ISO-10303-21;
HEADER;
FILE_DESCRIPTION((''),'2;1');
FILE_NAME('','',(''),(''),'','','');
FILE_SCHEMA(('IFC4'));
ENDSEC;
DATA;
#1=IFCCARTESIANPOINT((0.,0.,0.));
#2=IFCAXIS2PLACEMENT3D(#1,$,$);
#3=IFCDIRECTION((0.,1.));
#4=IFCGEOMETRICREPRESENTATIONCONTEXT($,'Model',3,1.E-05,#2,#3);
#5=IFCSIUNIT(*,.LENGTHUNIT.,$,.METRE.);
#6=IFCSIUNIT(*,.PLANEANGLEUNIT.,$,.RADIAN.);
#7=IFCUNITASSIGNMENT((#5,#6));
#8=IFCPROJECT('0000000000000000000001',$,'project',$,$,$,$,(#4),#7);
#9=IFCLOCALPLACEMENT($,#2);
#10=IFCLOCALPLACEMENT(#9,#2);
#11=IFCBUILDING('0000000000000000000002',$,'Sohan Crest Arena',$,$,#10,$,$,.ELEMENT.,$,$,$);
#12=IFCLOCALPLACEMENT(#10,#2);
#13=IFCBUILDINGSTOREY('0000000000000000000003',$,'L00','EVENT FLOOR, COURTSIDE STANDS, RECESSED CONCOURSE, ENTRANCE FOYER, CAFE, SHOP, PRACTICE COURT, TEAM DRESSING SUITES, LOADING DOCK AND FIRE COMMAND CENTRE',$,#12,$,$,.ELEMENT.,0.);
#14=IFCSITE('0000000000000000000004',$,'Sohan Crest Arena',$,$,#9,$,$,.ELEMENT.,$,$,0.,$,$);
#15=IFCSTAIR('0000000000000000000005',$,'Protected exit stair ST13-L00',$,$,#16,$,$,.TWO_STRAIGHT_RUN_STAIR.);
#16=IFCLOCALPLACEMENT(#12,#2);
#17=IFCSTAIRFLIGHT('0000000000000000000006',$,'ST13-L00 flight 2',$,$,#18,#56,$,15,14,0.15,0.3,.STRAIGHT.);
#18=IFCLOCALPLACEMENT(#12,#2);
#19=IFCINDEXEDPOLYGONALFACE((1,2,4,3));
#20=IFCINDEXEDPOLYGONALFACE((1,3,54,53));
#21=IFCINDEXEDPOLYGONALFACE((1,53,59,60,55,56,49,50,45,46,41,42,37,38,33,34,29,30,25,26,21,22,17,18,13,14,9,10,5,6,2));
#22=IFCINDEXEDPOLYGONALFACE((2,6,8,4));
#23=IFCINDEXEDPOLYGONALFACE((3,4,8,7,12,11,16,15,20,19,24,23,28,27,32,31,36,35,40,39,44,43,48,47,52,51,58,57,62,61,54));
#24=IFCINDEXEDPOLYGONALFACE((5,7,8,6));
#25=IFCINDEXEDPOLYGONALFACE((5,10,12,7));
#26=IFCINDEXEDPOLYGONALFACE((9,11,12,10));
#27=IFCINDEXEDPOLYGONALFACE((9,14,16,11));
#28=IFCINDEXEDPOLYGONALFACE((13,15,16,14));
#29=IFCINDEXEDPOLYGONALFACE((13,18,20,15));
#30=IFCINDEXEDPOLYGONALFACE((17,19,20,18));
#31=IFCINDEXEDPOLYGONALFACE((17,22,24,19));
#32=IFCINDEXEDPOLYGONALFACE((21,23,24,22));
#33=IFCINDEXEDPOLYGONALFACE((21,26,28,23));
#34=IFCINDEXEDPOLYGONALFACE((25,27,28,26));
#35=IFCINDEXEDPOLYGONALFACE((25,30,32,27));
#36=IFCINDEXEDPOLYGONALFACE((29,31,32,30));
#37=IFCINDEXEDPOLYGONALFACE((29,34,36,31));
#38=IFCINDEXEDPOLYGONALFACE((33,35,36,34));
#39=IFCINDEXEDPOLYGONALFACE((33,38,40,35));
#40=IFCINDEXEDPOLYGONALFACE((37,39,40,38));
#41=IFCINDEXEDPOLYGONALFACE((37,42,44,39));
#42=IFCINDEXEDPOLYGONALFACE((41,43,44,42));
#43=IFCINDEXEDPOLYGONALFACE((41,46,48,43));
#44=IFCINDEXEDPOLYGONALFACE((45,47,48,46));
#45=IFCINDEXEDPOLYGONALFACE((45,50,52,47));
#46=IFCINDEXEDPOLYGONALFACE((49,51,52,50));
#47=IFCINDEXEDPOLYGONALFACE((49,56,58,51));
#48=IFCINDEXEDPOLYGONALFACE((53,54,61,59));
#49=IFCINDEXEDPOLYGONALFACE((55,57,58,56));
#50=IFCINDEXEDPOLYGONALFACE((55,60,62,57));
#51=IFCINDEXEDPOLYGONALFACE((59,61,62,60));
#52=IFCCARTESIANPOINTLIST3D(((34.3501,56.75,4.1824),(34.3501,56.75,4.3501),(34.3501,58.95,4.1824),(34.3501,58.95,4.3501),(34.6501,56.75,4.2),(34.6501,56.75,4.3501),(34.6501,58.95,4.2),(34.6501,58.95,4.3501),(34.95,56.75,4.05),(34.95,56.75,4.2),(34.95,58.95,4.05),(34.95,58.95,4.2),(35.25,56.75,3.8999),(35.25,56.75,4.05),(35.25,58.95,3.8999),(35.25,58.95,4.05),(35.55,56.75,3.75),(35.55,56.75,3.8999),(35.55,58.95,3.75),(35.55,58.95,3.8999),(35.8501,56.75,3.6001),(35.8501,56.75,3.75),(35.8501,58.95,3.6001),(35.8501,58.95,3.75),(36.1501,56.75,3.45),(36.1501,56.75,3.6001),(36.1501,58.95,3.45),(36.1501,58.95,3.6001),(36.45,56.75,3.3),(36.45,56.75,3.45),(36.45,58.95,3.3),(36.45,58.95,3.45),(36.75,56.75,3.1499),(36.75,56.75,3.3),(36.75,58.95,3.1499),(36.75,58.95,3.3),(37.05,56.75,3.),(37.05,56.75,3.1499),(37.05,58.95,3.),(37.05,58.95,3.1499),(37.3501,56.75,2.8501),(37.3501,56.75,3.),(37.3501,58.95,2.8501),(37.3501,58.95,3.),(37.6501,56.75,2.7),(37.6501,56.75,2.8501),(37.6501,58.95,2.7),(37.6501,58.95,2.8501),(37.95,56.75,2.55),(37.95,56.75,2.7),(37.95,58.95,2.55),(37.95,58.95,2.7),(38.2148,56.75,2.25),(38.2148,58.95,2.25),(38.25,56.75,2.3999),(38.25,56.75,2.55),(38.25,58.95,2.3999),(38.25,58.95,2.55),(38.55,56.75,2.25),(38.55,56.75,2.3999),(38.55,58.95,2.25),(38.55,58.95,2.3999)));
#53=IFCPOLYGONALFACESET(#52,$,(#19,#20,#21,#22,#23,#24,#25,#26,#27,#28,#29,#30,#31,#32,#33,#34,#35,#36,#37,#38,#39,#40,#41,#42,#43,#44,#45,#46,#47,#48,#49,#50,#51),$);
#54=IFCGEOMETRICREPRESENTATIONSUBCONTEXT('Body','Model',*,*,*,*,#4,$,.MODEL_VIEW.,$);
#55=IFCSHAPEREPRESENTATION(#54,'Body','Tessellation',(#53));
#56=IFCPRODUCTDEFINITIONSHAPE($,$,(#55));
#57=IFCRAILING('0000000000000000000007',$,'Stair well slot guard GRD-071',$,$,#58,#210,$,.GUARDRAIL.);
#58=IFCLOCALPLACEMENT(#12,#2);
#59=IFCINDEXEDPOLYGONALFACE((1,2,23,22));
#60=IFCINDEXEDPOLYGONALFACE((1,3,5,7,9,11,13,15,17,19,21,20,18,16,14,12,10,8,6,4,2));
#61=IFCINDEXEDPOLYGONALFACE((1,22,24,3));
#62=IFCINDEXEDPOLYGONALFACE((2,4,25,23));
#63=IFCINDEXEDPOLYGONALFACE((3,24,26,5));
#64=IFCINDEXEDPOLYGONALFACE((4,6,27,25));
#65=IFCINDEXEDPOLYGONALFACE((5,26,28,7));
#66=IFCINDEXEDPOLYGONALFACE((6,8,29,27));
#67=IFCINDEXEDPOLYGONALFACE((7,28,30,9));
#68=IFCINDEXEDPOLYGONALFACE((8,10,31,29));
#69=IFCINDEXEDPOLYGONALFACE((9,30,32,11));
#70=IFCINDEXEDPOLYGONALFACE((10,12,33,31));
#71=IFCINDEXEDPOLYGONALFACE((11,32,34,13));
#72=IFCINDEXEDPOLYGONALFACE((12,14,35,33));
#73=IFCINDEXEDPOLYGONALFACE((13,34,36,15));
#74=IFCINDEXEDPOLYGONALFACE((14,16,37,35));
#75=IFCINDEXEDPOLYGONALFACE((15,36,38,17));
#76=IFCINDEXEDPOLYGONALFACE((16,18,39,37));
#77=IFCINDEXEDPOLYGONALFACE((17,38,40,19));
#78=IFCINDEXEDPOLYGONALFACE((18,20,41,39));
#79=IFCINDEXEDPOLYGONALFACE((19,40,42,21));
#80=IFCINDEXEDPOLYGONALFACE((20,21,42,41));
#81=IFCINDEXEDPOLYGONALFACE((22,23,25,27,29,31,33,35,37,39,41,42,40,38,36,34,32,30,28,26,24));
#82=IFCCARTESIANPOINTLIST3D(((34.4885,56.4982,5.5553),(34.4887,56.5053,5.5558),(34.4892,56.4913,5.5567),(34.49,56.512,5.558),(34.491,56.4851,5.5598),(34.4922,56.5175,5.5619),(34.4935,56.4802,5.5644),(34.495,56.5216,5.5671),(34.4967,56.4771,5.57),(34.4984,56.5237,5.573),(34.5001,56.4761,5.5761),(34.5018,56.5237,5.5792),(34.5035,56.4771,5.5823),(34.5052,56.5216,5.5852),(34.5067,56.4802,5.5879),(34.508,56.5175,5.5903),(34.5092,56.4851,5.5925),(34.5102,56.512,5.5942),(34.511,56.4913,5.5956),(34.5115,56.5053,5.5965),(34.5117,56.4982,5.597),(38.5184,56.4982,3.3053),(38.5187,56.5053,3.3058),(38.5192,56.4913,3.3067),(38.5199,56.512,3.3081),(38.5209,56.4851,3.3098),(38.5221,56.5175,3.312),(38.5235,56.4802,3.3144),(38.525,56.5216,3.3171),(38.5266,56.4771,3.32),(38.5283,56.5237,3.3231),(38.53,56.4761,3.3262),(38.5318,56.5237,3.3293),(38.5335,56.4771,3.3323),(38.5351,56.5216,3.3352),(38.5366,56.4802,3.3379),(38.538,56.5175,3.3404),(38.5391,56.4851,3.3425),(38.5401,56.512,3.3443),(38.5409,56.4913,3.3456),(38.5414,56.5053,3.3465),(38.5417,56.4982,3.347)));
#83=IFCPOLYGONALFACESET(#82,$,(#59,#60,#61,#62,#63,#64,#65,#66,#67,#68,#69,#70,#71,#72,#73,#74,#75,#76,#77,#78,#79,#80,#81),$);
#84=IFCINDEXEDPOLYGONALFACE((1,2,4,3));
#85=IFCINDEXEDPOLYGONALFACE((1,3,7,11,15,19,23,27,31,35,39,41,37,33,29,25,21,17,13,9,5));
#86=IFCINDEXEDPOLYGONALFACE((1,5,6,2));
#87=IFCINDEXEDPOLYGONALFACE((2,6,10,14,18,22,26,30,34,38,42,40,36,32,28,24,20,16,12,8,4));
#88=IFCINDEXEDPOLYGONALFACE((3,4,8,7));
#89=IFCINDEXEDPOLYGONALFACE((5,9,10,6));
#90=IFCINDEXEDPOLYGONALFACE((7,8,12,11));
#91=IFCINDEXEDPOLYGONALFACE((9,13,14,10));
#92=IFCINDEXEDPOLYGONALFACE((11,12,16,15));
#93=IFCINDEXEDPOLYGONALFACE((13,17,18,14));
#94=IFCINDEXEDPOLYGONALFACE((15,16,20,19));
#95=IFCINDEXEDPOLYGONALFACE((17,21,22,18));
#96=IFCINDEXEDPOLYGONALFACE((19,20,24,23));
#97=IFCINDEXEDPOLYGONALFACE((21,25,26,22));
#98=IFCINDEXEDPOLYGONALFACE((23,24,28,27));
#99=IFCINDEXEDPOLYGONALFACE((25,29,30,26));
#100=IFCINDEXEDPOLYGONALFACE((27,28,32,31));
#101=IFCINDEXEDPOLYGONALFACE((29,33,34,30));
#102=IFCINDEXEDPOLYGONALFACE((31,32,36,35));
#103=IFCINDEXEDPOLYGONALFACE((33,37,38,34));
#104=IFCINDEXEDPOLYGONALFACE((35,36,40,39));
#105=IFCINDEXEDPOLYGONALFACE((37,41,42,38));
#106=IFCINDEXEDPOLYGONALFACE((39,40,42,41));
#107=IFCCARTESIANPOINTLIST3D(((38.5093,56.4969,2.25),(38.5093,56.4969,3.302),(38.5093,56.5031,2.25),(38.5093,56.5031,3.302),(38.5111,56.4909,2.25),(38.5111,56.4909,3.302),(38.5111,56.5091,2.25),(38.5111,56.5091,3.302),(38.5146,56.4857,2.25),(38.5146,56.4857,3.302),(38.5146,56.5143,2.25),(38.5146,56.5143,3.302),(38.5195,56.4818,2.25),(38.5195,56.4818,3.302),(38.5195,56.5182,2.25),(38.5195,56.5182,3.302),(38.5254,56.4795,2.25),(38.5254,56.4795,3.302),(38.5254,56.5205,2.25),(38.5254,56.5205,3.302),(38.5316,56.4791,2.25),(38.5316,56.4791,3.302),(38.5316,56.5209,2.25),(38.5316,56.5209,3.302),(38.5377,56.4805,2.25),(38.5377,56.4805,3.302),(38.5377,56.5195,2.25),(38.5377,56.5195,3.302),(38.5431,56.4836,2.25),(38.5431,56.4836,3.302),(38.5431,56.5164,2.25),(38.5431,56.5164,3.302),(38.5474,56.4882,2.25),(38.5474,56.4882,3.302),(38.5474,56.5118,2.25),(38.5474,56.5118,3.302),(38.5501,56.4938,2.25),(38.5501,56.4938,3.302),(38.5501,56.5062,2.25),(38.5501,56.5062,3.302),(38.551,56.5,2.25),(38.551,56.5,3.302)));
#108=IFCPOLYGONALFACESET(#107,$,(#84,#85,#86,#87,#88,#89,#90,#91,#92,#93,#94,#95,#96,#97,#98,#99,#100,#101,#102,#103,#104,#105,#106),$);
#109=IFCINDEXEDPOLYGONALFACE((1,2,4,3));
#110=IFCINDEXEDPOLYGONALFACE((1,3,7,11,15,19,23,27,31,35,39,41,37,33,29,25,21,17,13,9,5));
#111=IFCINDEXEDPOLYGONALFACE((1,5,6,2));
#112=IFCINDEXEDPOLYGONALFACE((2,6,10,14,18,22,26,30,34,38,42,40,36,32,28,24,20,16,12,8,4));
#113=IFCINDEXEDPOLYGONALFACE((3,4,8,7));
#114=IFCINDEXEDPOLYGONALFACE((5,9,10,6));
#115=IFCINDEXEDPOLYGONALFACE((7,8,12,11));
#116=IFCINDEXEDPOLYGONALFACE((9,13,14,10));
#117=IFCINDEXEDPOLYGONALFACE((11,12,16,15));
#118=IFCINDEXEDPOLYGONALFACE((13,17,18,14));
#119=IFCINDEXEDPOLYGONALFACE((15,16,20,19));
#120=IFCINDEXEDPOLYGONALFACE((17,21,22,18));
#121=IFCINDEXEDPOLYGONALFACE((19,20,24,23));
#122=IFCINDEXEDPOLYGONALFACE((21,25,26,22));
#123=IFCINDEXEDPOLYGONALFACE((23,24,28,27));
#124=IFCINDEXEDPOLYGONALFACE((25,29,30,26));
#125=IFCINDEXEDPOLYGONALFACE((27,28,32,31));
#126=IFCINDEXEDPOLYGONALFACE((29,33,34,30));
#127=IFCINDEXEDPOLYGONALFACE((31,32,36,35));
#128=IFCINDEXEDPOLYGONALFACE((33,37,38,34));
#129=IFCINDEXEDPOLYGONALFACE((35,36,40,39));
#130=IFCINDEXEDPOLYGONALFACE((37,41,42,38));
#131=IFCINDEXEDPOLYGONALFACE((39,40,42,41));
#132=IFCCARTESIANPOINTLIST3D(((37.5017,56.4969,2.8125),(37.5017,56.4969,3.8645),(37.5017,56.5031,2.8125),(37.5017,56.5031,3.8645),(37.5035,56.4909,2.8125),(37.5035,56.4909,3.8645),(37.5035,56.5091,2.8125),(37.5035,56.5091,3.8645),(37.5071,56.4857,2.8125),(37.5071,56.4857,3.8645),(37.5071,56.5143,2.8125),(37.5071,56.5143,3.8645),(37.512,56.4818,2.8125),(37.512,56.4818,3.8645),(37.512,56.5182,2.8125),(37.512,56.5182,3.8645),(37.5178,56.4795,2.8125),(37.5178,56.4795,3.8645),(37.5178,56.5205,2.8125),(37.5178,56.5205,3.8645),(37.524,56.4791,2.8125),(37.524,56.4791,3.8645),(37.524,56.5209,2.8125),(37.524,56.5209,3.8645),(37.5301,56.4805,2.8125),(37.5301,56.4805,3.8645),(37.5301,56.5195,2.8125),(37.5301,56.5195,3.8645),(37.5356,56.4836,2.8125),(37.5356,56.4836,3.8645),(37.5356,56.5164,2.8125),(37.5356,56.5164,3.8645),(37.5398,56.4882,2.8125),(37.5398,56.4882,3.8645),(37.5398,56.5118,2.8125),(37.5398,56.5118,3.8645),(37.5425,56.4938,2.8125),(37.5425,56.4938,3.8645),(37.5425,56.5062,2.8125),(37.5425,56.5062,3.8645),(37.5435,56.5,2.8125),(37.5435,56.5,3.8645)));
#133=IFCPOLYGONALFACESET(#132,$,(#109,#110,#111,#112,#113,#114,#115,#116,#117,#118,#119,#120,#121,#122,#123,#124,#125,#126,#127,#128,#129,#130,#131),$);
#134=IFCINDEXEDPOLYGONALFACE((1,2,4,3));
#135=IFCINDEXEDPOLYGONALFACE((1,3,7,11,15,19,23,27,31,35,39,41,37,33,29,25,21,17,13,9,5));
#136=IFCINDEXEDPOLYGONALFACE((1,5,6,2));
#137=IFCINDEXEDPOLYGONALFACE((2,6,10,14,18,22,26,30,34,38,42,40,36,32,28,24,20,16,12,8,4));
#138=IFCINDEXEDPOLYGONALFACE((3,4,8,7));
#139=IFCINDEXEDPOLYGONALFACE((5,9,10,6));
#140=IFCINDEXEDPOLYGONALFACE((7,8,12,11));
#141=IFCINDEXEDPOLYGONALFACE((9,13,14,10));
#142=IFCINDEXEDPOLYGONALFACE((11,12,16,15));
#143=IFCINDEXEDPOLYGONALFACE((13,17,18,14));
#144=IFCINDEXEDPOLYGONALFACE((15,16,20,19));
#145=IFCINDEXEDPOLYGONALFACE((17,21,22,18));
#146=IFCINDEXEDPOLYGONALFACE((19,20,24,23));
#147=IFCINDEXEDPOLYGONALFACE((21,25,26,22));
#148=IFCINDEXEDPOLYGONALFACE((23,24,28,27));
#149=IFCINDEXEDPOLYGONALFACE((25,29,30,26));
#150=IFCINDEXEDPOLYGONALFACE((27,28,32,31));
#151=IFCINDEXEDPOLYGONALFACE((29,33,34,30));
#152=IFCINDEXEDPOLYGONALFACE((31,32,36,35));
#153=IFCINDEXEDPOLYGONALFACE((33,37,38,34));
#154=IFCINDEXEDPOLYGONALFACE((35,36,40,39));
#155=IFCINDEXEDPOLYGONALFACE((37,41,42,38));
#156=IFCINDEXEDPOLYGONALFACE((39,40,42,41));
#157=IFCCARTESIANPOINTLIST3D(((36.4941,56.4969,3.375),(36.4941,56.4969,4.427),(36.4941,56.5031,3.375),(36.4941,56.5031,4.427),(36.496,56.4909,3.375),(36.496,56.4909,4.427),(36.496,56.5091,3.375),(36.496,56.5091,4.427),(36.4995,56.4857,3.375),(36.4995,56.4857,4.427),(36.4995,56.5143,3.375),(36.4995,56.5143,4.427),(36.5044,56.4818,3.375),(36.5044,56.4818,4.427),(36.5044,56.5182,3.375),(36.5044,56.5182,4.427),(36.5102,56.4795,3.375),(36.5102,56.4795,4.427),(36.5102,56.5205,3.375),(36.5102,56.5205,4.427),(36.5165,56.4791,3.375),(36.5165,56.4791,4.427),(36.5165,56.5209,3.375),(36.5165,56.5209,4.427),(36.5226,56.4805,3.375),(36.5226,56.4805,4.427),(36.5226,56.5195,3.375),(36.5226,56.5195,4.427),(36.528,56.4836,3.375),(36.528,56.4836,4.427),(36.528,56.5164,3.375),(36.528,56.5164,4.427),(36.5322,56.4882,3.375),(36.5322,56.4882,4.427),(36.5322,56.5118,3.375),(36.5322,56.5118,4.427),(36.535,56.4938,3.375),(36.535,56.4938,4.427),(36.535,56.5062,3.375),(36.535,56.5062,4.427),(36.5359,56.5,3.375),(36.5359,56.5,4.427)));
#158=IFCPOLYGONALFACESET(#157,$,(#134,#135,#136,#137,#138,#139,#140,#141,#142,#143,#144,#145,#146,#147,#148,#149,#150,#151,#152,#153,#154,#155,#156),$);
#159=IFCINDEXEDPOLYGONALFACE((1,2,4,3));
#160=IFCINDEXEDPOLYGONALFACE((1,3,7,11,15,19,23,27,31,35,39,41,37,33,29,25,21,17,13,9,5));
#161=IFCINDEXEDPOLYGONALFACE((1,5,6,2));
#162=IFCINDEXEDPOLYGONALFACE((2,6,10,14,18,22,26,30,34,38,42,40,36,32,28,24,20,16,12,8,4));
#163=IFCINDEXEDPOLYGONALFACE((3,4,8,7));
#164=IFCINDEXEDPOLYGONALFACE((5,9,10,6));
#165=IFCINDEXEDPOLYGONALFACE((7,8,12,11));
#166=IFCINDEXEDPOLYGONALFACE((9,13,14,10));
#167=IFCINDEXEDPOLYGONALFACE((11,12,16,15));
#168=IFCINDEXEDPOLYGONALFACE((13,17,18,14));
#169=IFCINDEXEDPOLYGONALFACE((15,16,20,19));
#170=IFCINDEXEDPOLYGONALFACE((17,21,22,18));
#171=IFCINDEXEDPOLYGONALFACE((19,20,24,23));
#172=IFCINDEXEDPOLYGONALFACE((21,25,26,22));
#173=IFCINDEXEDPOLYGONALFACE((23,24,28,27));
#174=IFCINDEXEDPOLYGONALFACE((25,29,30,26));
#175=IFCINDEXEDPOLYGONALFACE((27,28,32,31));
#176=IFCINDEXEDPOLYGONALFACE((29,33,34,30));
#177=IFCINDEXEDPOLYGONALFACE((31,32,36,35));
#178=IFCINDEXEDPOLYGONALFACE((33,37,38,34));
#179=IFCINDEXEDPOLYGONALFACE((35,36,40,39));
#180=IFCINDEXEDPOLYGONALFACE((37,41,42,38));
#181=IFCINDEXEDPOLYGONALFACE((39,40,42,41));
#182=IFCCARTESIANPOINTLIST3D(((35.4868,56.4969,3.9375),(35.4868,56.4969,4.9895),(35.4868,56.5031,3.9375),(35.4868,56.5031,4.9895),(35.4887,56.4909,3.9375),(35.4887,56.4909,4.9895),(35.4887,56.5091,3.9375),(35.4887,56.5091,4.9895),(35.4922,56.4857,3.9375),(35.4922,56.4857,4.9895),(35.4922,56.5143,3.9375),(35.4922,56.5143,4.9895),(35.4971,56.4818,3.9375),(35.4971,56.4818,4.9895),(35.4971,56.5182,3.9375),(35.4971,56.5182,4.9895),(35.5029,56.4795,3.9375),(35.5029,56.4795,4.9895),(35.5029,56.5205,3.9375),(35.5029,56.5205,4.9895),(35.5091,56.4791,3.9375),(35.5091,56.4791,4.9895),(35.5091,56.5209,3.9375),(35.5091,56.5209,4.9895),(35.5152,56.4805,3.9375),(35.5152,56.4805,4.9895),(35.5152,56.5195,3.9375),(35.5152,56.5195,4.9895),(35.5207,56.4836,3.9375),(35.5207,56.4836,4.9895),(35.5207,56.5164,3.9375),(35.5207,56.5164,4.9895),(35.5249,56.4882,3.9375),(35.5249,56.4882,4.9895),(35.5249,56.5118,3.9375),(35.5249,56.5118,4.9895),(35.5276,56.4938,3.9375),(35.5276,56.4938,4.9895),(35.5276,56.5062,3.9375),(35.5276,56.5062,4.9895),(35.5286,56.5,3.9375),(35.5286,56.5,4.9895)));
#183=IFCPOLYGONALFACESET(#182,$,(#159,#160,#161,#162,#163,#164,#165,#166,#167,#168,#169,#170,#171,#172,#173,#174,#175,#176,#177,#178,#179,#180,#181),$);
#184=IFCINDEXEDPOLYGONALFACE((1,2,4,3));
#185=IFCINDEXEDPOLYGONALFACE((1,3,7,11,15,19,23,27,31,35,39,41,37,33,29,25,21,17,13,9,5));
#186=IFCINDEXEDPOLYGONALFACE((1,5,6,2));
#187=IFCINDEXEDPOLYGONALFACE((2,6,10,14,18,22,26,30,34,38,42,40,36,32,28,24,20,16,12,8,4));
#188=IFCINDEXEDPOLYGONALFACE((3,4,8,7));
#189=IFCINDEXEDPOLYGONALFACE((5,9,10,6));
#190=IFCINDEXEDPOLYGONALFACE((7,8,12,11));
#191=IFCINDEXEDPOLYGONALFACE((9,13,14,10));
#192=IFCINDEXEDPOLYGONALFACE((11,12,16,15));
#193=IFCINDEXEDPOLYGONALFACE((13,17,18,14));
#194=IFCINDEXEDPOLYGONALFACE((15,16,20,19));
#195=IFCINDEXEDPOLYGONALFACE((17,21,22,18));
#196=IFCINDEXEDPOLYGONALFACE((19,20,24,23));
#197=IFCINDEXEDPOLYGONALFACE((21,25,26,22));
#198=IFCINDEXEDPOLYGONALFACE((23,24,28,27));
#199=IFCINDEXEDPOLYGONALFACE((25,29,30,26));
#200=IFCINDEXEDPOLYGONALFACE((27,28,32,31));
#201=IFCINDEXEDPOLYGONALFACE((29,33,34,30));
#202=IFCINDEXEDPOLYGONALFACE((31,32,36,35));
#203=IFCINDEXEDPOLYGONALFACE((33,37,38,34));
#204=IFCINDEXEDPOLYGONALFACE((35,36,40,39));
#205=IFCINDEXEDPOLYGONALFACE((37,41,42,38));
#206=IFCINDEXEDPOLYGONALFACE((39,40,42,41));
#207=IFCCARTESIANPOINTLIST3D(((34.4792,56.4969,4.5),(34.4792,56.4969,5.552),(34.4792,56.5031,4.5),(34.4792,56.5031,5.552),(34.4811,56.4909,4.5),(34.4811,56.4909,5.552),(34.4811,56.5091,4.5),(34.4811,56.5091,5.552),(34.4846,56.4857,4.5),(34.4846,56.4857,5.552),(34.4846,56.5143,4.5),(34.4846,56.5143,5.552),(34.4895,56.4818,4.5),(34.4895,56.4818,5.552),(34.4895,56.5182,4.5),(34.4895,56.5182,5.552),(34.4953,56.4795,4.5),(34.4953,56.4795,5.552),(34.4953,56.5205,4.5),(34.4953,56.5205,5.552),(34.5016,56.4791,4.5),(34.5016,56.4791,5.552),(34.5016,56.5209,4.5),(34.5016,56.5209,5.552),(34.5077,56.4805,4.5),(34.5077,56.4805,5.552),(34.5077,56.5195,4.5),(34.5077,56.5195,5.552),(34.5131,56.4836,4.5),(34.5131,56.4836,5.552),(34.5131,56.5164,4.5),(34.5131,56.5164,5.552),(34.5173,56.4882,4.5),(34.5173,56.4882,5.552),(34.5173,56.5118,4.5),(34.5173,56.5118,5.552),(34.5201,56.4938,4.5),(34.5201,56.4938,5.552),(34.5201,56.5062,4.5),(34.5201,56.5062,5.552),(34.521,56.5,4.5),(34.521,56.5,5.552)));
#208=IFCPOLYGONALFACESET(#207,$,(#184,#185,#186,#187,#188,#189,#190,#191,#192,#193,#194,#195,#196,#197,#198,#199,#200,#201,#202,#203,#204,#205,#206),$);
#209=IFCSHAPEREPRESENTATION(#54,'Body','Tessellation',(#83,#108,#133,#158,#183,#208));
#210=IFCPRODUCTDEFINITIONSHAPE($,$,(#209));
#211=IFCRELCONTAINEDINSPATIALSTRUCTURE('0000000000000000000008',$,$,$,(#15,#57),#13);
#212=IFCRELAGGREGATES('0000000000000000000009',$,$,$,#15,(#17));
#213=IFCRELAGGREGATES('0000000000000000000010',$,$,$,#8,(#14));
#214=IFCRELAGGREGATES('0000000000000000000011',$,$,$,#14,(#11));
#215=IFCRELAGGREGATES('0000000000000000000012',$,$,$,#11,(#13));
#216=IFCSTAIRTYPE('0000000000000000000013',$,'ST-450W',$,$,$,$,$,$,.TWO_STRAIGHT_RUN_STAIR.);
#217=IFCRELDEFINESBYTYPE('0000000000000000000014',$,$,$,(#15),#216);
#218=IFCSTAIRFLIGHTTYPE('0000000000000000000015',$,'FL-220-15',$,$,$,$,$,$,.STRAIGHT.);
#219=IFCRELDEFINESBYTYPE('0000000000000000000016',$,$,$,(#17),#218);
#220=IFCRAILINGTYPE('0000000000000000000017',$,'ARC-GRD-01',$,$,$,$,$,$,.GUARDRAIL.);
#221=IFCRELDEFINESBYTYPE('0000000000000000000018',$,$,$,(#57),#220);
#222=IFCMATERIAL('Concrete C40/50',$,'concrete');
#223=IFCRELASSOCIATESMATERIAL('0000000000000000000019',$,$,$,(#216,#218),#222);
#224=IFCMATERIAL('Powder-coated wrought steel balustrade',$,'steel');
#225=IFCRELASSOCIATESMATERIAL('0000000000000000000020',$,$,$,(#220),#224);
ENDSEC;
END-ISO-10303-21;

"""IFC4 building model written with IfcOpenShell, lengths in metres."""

from ifc_helpers import new_model, si_unit, direction, frame, origin, origin_2d, place, context, subcontext, project, spatial, polyline, circle, outline, extrude, material, type_object, element, aggregate, save


model = new_model("IFC4")

# Units and contexts
model_context = context("Model", 3, precision=1e-05, world=origin(), true_north=direction((0.0, 1.0)))
body_context = subcontext(model_context, "Body", "Model", "MODEL_VIEW")
ifc_project = project(units=[si_unit("LENGTHUNIT", "METRE"), si_unit("PLANEANGLEUNIT", "RADIAN")], contexts=[model_context])

# Site, building, storey
site_placement = place(None, origin())
site = spatial("IfcSite", under=ifc_project, at=site_placement, Name="Sohan Crest Arena", CompositionType="ELEMENT", RefElevation=0.0)
building_placement = place(site_placement, origin())
building = spatial("IfcBuilding", under=site, at=building_placement, Name="Sohan Crest Arena", CompositionType="ELEMENT")
storey_placement = place(building_placement, origin())
storey = spatial("IfcBuildingStorey", under=building, at=storey_placement, Name="L00", Description="EVENT FLOOR, COURTSIDE STANDS, RECESSED CONCOURSE, ENTRANCE FOYER, CAFE, SHOP, PRACTICE COURT, TEAM DRESSING SUITES, LOADING DOCK AND FIRE COMMAND CENTRE", CompositionType="ELEMENT", Elevation=0.0)

# Stair, stair flight
ifc_material_1 = material(Name="Concrete C40/50", Category="concrete")
stair_type = type_object("IfcStairType", Name="ST-450W", PredefinedType="TWO_STRAIGHT_RUN_STAIR", material=ifc_material_1)
stair_placement = place(storey_placement, origin())
stair = element("IfcStair", 1, at=stair_placement, inside=storey, type_object=stair_type, Name="Protected exit stair ST13-L00", PredefinedType="TWO_STRAIGHT_RUN_STAIR")
stair_flight_type = type_object("IfcStairFlightType", Name="FL-220-15", PredefinedType="STRAIGHT", material=ifc_material_1)
stair_flight_placement = place(storey_placement, frame((38.55, 57.8501, 2.25), z_axis=(0.0, 0.0, 1.0), x_axis=(-1.0, 0.0, 0.0)))
stair_flight = element("IfcStairFlight", 2, at=stair_flight_placement, type_object=stair_flight_type, Name="ST13-L00 flight 2", NumberOfRisers=15, NumberOfTreads=14, PredefinedType="STRAIGHT", RiserHeight=0.15, TreadLength=0.3, context=body_context, shape_type="SweptSolid", body=[
    extrude(outline(polyline([(0.0, 0.0), (0.0, 0.1499), (0.3, 0.1499), (0.3, 0.3), (0.6001, 0.3), (0.6001, 0.45), (0.8999, 0.45), (0.8999, 0.6001), (1.2, 0.6001), (1.2, 0.75), (1.5, 0.75), (1.5, 0.8999), (1.8, 0.8999), (1.8, 1.05), (2.1001, 1.05), (2.1001, 1.2), (2.3999, 1.2), (2.3999, 1.3501), (2.7, 1.3501), (2.7, 1.5), (3.0, 1.5), (3.0, 1.6499), (3.3, 1.6499), (3.3, 1.8), (3.6001, 1.8), (3.6001, 1.95), (3.8999, 1.95), (3.8999, 2.1001), (4.2, 2.1001), (4.2, 2.25), (4.2, 1.9324), (0.3352, 0.0), (0.0, 0.0)])), frame((0.0, 1.1001, 0.0), z_axis=(0.0, -1.0, 0.0), x_axis=(1.0, 0.0, 0.0)), (0.0, 0.0, 1.0), 2.2),
])
aggregate(stair, [stair_flight])

# Railing
ifc_material_2 = material(Name="Powder-coated wrought steel balustrade", Category="steel")
railing_type_1 = type_object("IfcRailingType", Name="ARC-GRD-01", PredefinedType="GUARDRAIL", material=ifc_material_2)
railing_1_placement = place(storey_placement, frame((38.53, 56.5, 2.25)))
element("IfcRailing", 3, at=railing_1_placement, inside=storey, type_object=railing_type_1, Name="Stair well slot guard GRD-071", PredefinedType="GUARDRAIL", context=body_context, shape_type="SweptSolid", body=[
    extrude(circle(Radius=0.0239, at=origin_2d()), frame((0.0, 0.0, 1.0762), z_axis=(-0.873135, 0.0, 0.487479), x_axis=(0.0, -1.0, 0.0)), (0.0, 0.0, 1.0), 4.6155),
    extrude(circle(Radius=0.021, at=origin_2d()), origin(), (0.0, 0.0, 1.0), 1.052),
    extrude(circle(Radius=0.021, at=origin_2d()), frame((-1.0076, 0.0, 0.5625)), (0.0, 0.0, 1.0), 1.052),
    extrude(circle(Radius=0.021, at=origin_2d()), frame((-2.0151, 0.0, 1.125)), (0.0, 0.0, 1.0), 1.052),
    extrude(circle(Radius=0.021, at=origin_2d()), frame((-3.0225, 0.0, 1.6875)), (0.0, 0.0, 1.0), 1.052),
    extrude(circle(Radius=0.021, at=origin_2d()), frame((-4.03, 0.0, 2.25)), (0.0, 0.0, 1.0), 1.052),
])

save(model, "model.ifc")
